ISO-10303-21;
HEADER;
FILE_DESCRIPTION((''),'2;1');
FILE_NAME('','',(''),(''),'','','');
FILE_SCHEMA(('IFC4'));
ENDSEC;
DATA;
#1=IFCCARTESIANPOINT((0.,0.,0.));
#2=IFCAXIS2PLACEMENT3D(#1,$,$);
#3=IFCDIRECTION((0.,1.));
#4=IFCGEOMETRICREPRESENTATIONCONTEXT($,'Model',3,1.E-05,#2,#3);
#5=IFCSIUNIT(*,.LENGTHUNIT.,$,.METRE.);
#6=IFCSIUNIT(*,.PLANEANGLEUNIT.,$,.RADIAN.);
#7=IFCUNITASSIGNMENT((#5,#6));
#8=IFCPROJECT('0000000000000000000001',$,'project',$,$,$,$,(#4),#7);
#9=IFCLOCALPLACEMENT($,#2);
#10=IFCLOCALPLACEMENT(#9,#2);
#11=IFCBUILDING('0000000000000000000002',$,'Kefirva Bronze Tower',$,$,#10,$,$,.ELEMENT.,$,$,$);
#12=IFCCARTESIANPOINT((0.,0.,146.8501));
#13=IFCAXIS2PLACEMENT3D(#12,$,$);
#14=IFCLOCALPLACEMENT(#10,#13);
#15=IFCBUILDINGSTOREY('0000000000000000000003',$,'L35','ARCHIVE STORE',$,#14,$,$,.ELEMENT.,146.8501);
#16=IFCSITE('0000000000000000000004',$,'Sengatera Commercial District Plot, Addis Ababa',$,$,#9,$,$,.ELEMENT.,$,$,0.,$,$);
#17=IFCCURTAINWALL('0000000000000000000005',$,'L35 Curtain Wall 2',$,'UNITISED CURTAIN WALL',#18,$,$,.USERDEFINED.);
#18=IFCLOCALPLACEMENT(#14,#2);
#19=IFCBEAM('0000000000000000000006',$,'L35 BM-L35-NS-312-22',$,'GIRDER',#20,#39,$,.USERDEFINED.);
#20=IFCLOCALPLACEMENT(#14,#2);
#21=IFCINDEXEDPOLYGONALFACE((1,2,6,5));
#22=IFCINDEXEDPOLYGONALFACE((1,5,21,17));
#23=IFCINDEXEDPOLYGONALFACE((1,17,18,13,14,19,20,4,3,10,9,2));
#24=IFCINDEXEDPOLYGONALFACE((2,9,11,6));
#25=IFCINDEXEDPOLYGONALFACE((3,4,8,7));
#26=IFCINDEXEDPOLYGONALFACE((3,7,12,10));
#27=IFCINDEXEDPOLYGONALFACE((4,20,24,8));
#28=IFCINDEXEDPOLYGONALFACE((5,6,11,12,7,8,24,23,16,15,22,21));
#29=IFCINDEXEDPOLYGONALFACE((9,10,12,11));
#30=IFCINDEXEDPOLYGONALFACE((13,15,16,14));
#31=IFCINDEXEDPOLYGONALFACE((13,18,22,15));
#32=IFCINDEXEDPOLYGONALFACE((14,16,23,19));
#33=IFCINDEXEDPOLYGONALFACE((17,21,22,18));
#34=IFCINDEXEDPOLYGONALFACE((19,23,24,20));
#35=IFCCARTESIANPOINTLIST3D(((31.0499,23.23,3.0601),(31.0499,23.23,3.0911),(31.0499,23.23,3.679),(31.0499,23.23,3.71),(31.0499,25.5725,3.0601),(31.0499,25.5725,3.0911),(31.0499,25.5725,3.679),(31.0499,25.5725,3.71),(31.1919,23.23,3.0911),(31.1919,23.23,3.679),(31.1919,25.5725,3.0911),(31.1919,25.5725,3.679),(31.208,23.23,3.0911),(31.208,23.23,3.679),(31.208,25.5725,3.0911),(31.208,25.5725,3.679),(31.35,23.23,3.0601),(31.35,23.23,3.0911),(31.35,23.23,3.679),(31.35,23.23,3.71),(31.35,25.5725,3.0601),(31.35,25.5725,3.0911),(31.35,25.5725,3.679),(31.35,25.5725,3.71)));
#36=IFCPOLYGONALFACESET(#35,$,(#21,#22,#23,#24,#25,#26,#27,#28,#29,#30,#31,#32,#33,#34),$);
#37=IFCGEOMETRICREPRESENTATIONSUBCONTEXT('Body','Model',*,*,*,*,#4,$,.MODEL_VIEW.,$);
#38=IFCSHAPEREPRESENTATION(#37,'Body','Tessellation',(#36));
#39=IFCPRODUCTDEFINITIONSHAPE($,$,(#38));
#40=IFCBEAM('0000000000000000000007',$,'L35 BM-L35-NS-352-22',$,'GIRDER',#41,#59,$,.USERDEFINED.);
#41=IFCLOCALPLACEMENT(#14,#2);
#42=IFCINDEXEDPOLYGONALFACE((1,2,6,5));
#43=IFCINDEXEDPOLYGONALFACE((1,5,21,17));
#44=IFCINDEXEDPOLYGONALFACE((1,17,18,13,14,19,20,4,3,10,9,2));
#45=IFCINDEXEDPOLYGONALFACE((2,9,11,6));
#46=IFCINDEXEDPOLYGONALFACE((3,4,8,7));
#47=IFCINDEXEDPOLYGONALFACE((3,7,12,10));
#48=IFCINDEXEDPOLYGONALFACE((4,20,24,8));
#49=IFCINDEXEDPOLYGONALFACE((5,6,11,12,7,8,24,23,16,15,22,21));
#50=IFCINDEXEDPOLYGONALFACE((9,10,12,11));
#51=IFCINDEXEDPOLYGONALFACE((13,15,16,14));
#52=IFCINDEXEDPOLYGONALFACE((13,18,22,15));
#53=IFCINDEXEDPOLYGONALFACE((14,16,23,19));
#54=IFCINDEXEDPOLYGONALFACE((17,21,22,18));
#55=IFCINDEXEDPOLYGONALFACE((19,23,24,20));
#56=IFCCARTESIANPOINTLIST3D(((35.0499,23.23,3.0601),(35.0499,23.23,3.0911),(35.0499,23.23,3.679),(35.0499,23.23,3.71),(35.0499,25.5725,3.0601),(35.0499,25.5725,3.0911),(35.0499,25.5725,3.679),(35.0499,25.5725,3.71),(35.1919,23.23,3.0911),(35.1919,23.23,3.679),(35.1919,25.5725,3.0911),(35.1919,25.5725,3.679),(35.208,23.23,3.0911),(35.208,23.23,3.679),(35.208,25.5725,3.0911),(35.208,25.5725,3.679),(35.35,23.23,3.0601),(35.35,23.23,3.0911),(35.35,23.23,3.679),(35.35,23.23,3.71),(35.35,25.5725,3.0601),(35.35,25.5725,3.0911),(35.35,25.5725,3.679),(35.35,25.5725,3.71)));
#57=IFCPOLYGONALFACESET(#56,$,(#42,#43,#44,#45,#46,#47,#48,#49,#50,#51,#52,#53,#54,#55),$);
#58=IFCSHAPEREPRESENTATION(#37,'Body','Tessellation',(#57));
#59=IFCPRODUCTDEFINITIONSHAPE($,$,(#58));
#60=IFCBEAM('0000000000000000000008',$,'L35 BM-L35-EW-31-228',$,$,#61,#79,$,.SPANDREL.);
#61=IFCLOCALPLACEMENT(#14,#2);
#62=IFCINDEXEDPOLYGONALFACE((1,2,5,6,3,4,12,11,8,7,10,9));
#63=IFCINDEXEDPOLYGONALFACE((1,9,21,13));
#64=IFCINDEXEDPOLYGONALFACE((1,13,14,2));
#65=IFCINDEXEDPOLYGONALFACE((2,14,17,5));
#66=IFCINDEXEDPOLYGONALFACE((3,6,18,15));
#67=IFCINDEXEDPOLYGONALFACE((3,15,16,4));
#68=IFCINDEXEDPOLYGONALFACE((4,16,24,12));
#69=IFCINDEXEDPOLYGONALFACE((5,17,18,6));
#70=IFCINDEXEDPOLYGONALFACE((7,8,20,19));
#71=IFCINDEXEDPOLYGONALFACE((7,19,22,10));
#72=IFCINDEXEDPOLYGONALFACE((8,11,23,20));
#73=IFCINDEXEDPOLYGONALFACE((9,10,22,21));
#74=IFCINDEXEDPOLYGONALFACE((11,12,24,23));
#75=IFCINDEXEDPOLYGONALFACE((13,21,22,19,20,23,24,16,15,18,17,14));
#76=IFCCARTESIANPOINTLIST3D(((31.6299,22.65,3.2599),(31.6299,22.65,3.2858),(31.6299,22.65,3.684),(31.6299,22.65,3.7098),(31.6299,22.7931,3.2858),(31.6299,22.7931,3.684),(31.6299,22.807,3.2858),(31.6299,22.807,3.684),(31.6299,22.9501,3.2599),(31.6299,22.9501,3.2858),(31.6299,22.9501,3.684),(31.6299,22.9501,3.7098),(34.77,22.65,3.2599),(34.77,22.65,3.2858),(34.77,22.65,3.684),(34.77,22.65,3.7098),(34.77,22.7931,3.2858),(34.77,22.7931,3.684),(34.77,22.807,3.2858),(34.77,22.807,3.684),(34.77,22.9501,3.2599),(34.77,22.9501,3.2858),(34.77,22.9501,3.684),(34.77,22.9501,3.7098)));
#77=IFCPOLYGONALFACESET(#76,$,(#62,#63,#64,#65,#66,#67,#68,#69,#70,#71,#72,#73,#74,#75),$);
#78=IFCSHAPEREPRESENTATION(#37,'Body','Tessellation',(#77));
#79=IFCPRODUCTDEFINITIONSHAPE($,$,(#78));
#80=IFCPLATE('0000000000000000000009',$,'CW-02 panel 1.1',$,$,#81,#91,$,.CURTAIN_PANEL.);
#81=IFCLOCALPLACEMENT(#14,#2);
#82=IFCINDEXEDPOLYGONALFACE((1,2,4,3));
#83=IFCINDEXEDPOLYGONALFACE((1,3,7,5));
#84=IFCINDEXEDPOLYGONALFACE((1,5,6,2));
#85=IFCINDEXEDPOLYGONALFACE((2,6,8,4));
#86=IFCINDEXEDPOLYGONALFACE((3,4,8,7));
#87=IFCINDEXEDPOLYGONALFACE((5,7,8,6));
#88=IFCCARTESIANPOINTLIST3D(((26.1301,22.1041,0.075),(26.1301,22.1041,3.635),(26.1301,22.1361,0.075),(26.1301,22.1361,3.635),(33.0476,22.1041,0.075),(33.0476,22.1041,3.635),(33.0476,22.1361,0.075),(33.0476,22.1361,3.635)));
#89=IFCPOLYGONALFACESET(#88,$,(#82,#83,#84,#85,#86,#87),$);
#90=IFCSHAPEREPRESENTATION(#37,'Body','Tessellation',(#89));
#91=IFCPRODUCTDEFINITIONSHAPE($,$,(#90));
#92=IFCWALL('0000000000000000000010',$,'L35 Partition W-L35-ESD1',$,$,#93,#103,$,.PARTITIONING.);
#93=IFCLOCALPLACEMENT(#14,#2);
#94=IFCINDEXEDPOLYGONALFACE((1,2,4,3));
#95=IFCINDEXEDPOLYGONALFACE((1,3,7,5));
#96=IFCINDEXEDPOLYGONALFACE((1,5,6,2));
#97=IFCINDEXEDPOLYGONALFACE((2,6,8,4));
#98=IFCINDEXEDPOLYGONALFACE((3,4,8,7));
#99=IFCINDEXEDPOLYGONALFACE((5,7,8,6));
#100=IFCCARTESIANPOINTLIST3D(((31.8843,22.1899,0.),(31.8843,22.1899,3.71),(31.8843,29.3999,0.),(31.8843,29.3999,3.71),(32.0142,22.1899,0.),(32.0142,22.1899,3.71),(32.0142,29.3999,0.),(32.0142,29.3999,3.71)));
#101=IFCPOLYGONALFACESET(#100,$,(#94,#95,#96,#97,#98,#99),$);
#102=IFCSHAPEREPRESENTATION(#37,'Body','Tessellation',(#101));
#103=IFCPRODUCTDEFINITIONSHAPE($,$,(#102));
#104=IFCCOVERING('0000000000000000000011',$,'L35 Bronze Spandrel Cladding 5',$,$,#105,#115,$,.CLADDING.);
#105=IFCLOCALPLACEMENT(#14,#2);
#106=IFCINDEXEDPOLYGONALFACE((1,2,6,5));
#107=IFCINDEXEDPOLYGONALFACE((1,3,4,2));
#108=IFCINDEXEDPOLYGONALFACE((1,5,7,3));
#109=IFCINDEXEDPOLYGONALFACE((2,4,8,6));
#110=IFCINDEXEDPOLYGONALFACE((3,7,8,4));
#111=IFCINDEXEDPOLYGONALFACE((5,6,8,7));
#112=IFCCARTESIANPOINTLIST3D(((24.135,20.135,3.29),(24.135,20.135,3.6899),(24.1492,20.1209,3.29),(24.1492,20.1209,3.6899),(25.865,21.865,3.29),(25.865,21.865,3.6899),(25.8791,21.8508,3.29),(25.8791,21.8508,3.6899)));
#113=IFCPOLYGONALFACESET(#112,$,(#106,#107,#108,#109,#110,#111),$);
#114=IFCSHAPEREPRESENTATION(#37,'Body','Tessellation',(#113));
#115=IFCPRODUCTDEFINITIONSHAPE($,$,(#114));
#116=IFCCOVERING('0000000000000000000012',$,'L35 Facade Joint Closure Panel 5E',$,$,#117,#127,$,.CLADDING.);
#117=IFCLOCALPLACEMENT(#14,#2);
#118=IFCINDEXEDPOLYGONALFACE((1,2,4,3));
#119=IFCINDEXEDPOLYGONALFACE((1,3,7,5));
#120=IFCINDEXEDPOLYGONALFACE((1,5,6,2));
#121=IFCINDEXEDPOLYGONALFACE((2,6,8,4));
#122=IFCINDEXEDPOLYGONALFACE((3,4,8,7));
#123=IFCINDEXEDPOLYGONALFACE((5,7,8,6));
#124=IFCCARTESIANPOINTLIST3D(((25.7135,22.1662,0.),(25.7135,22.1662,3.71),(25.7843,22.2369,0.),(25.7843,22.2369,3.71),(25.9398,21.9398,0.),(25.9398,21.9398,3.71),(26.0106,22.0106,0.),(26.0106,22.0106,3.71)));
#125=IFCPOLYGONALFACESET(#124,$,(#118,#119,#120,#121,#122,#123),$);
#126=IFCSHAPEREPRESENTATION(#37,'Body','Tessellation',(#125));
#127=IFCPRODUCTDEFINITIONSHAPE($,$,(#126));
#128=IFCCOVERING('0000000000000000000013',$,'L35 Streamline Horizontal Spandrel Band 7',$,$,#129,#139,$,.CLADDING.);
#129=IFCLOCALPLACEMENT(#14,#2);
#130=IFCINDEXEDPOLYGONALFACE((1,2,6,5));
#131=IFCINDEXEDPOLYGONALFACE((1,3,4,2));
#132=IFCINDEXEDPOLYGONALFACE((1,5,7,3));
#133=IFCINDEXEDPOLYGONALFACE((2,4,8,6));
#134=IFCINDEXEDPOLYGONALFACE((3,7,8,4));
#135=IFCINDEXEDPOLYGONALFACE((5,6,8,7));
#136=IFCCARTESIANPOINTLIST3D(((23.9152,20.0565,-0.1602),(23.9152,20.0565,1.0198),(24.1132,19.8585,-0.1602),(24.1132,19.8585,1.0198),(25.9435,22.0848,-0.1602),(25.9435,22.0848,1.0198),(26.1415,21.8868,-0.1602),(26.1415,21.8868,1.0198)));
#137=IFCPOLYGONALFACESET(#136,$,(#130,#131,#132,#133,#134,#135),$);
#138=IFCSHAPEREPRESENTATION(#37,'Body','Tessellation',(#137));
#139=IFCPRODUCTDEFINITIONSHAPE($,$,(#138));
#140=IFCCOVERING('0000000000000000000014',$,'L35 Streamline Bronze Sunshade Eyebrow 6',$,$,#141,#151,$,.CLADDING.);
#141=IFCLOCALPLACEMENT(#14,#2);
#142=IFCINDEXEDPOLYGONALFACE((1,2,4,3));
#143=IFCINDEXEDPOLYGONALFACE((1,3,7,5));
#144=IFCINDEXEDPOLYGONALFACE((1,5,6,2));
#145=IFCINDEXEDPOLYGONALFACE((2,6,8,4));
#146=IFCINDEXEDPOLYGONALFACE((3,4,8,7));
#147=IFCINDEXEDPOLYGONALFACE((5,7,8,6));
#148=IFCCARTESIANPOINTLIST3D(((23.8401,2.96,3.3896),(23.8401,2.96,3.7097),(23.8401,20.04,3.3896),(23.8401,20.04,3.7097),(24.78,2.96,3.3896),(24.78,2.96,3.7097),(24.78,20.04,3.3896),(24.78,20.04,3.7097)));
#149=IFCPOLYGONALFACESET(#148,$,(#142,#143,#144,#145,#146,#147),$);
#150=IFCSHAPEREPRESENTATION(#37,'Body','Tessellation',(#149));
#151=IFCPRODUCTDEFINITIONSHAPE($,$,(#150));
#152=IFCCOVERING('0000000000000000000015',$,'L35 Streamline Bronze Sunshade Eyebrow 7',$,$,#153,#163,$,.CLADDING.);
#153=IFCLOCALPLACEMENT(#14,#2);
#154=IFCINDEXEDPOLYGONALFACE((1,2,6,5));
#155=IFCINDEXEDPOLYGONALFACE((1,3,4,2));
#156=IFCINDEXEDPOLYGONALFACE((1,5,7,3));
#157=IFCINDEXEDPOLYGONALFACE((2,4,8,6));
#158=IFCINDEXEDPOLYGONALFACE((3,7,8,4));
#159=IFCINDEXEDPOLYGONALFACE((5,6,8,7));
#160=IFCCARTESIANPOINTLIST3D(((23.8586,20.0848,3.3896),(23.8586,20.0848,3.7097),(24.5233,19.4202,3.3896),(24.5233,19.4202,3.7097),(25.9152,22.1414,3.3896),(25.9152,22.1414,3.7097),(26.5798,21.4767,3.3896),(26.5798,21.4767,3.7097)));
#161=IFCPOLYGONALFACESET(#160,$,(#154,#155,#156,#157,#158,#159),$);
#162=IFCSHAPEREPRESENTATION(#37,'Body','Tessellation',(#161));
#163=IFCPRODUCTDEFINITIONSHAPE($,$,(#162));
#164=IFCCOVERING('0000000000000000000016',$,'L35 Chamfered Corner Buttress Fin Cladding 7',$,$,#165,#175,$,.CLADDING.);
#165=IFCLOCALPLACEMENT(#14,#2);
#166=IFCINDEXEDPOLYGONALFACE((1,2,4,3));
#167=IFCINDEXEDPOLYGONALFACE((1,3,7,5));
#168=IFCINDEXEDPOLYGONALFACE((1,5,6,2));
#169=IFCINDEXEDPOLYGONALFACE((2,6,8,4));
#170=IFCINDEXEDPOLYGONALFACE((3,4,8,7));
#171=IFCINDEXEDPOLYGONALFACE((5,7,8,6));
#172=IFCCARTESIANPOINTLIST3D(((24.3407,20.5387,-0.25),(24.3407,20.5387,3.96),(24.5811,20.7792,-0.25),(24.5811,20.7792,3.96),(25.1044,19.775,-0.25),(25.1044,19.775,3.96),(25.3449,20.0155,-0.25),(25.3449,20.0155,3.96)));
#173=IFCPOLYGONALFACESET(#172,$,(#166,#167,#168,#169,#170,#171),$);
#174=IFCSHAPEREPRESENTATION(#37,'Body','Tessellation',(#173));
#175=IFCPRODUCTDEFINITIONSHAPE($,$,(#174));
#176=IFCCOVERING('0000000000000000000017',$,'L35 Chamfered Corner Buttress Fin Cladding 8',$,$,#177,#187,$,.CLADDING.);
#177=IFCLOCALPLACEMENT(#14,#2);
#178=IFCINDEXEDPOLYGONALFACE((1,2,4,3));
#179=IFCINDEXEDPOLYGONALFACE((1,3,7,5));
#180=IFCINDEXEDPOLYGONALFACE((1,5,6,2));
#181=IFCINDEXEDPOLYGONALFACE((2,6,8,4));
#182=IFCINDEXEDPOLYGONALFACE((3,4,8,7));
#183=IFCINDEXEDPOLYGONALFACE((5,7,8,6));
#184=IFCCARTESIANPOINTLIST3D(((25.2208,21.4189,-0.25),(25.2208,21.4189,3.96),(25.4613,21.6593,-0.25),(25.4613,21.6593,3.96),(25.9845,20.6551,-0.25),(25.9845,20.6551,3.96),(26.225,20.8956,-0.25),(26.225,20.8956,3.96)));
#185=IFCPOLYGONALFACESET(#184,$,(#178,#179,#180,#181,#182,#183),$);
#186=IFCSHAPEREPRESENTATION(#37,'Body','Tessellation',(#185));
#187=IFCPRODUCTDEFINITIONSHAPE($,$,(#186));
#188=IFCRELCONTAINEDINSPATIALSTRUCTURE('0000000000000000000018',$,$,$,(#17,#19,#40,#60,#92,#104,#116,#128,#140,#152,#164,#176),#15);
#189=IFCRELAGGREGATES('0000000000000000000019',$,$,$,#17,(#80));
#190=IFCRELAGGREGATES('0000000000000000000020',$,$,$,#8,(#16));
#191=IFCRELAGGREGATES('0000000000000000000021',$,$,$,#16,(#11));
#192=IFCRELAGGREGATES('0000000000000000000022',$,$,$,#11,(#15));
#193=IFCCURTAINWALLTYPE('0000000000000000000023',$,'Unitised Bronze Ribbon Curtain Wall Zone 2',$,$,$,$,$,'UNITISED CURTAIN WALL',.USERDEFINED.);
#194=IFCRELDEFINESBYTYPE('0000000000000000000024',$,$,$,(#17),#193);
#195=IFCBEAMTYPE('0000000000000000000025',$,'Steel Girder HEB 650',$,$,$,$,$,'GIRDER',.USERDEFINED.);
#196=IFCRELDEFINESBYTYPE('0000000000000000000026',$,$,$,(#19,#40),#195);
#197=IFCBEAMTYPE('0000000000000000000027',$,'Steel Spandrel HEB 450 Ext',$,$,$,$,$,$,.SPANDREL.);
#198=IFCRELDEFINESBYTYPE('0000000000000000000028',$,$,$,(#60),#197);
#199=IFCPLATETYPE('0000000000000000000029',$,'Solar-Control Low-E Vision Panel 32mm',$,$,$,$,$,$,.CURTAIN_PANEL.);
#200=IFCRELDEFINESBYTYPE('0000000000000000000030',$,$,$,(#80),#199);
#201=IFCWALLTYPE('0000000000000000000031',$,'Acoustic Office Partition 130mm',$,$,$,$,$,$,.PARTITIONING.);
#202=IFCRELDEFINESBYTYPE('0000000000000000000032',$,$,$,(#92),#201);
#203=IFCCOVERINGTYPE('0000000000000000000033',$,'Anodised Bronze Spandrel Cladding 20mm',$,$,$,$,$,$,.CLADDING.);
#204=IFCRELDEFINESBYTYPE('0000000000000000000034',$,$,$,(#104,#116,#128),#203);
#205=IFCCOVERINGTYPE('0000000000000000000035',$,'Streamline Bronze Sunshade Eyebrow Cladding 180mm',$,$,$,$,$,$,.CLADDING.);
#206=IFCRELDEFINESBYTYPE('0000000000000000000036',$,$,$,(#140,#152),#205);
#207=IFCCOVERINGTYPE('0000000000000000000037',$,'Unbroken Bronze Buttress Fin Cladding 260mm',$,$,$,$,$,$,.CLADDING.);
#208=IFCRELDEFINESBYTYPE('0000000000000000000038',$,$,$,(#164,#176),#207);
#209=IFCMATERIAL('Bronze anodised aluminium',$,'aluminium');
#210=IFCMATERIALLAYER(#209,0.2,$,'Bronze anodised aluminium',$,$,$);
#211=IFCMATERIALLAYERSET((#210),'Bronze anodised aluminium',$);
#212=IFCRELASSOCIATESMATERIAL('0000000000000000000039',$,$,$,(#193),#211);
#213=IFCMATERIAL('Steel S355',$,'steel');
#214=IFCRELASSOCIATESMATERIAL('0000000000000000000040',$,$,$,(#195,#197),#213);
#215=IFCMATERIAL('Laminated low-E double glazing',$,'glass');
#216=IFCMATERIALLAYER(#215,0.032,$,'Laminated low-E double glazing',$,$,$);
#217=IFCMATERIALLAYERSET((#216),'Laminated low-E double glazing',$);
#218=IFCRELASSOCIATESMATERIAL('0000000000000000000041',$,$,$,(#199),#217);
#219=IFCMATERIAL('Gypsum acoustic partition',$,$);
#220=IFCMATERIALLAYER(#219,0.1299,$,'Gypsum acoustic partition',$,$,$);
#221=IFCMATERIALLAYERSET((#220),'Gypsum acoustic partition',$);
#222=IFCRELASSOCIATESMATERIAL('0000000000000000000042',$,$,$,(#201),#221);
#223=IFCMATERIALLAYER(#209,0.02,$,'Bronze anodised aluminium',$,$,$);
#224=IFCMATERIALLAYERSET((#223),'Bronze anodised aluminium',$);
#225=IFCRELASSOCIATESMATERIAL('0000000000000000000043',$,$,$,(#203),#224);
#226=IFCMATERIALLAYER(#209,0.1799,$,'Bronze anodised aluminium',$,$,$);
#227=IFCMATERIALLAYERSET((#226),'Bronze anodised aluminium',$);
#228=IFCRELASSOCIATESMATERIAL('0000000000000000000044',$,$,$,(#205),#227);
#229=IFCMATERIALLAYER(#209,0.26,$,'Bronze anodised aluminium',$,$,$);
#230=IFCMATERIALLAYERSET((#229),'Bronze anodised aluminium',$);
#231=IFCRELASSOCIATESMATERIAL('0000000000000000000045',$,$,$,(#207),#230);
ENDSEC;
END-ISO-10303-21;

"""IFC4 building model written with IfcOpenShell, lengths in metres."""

from ifc_helpers import new_model, si_unit, direction, frame, frame_2d, origin, origin_2d, place, context, subcontext, project, spatial, rectangle, i_section, extrude, material, layer, layer_set, material_profile, profile_set, type_object, element, aggregate, save


model = new_model("IFC4")

# Units and contexts
model_context = context("Model", 3, precision=1e-05, world=origin(), true_north=direction((0.0, 1.0)))
body_context = subcontext(model_context, "Body", "Model", "MODEL_VIEW")
ifc_project = project(units=[si_unit("LENGTHUNIT", "METRE"), si_unit("PLANEANGLEUNIT", "RADIAN")], contexts=[model_context])

# Site, building, storey
site_placement = place(None, origin())
site = spatial("IfcSite", under=ifc_project, at=site_placement, Name="Sengatera Commercial District Plot, Addis Ababa", CompositionType="ELEMENT", RefElevation=0.0)
building_placement = place(site_placement, origin())
building = spatial("IfcBuilding", under=site, at=building_placement, Name="Kefirva Bronze Tower", CompositionType="ELEMENT")
storey_placement = place(building_placement, frame((0.0, 0.0, 146.8501)))
storey = spatial("IfcBuildingStorey", under=building, at=storey_placement, Name="L35", Description="ARCHIVE STORE", CompositionType="ELEMENT", Elevation=146.8501)

# Curtain wall
ifc_material_1 = material(Name="Bronze anodised aluminium", Category="aluminium")
ifc_layer_1 = layer(ifc_material_1, 0.2, Name="Bronze anodised aluminium")
ifc_layer_set_1 = layer_set([ifc_layer_1], Name="Bronze anodised aluminium")
curtain_wall_type = type_object("IfcCurtainWallType", Name="Unitised Bronze Ribbon Curtain Wall Zone 2", ElementType="UNITISED CURTAIN WALL", PredefinedType="USERDEFINED", material=ifc_layer_set_1)
curtain_wall_placement = place(storey_placement, origin())
curtain_wall = element("IfcCurtainWall", 1, at=curtain_wall_placement, inside=storey, type_object=curtain_wall_type, Name="L35 Curtain Wall 2", ObjectType="UNITISED CURTAIN WALL", PredefinedType="USERDEFINED")

# Beams
ifc_material_2 = material(Name="Steel S355", Category="steel")
ifc_material_profile_1 = material_profile(ifc_material_2, i_section(OverallWidth=0.3, OverallDepth=0.6499, WebThickness=0.0161, FlangeThickness=0.031, at=origin_2d()), Name="HEB 650")
ifc_profile_set_1 = profile_set([ifc_material_profile_1], Name="Steel S355")
beam_type_1 = type_object("IfcBeamType", Name="Steel Girder HEB 650", ElementType="GIRDER", PredefinedType="USERDEFINED", material=ifc_profile_set_1)
for number, where, z_axis, x_axis, name in (
    (2, (31.2, 23.23, 3.385), (0.0, 1.0, 0.0), (-1.0, 0.0, 0.0), "L35 BM-L35-NS-312-22"),
    (3, (35.2, 23.23, 3.385), (0.0, 1.0, 0.0), (-1.0, 0.0, 0.0), "L35 BM-L35-NS-352-22"),
):
    element("IfcBeam", number, at=place(storey_placement, frame(where, z_axis=z_axis, x_axis=x_axis)), inside=storey, type_object=beam_type_1, Name=name, ObjectType="GIRDER", PredefinedType="USERDEFINED", context=body_context, shape_type="SweptSolid", body=[
        extrude(i_section(OverallWidth=0.3, OverallDepth=0.6499, WebThickness=0.0161, FlangeThickness=0.031, at=origin_2d()), origin(), (0.0, 0.0, 1.0), 2.3425),
    ])
ifc_material_profile_2 = material_profile(ifc_material_2, i_section(OverallWidth=0.3, OverallDepth=0.45, WebThickness=0.0139, FlangeThickness=0.0259, at=origin_2d()), Name="HEB 450")
ifc_profile_set_2 = profile_set([ifc_material_profile_2], Name="Steel S355")
beam_type_2 = type_object("IfcBeamType", Name="Steel Spandrel HEB 450 Ext", PredefinedType="SPANDREL", material=ifc_profile_set_2)
beam_1_placement = place(storey_placement, frame((31.6299, 22.8, 3.4849), z_axis=(1.0, 0.0, 0.0), x_axis=(0.0, 1.0, 0.0)))
element("IfcBeam", 4, at=beam_1_placement, inside=storey, type_object=beam_type_2, Name="L35 BM-L35-EW-31-228", PredefinedType="SPANDREL", context=body_context, shape_type="SweptSolid", body=[
    extrude(i_section(OverallWidth=0.3, OverallDepth=0.45, WebThickness=0.0139, FlangeThickness=0.0259, at=origin_2d()), origin(), (0.0, 0.0, 1.0), 3.1401),
])

# Plate
ifc_material_3 = material(Name="Laminated low-E double glazing", Category="glass")
ifc_layer_2 = layer(ifc_material_3, 0.032, Name="Laminated low-E double glazing")
ifc_layer_set_2 = layer_set([ifc_layer_2], Name="Laminated low-E double glazing")
plate_type = type_object("IfcPlateType", Name="Solar-Control Low-E Vision Panel 32mm", PredefinedType="CURTAIN_PANEL", material=ifc_layer_set_2)
plate_placement = place(storey_placement, frame((29.5889, 22.1201, 0.075), z_axis=(0.0, 0.0, 1.0), x_axis=(1.0, 0.0, 0.0)))
plate = element("IfcPlate", 5, at=plate_placement, type_object=plate_type, Name="CW-02 panel 1.1", PredefinedType="CURTAIN_PANEL", context=body_context, shape_type="SweptSolid", body=[
    extrude(rectangle(XDim=6.9175, YDim=0.032, at=origin_2d()), origin(), (0.0, 0.0, 1.0), 3.5601),
])
aggregate(curtain_wall, [plate])

# Wall
ifc_material_4 = material(Name="Gypsum acoustic partition")
ifc_layer_3 = layer(ifc_material_4, 0.1299, Name="Gypsum acoustic partition")
ifc_layer_set_3 = layer_set([ifc_layer_3], Name="Gypsum acoustic partition")
wall_type = type_object("IfcWallType", Name="Acoustic Office Partition 130mm", PredefinedType="PARTITIONING", material=ifc_layer_set_3)
wall_placement = place(storey_placement, frame((31.9492, 22.1899, 0.0), z_axis=(0.0, 0.0, 1.0), x_axis=(0.0, 1.0, 0.0)))
element("IfcWall", 6, at=wall_placement, inside=storey, type_object=wall_type, Name="L35 Partition W-L35-ESD1", PredefinedType="PARTITIONING", context=body_context, shape_type="SweptSolid", body=[
    extrude(rectangle(XDim=7.21, YDim=0.1299, at=frame_2d((3.605, 0.0))), origin(), (0.0, 0.0, 1.0), 3.71),
])

# Coverings
ifc_layer_4 = layer(ifc_material_1, 0.02, Name="Bronze anodised aluminium")
ifc_layer_set_4 = layer_set([ifc_layer_4], Name="Bronze anodised aluminium")
covering_type_1 = type_object("IfcCoveringType", Name="Anodised Bronze Spandrel Cladding 20mm", PredefinedType="CLADDING", material=ifc_layer_set_4)
covering_1_placement = place(storey_placement, frame((25.0071, 20.9929, 3.29), z_axis=(0.0, 0.0, 1.0), x_axis=(0.707107, 0.707107, 0.0)))
element("IfcCovering", 7, at=covering_1_placement, inside=storey, type_object=covering_type_1, Name="L35 Bronze Spandrel Cladding 5", PredefinedType="CLADDING", context=body_context, shape_type="SweptSolid", body=[
    extrude(rectangle(XDim=2.4465, YDim=0.02, at=origin_2d()), origin(), (0.0, 0.0, 1.0), 0.3999),
])
covering_2_placement = place(storey_placement, frame((25.8621, 22.0884, 0.0), z_axis=(0.0, 0.0, 1.0), x_axis=(0.707107, 0.707107, 0.0)))
element("IfcCovering", 8, at=covering_2_placement, inside=storey, type_object=covering_type_1, Name="L35 Facade Joint Closure Panel 5E", PredefinedType="CLADDING", context=body_context, shape_type="SweptSolid", body=[
    extrude(rectangle(XDim=0.1001, YDim=0.3201, at=origin_2d()), origin(), (0.0, 0.0, 1.0), 3.71),
])
covering_3_placement = place(storey_placement, frame((25.0283, 20.9717, -0.1602), z_axis=(0.0, 0.0, 1.0), x_axis=(0.707107, 0.707107, 0.0)))
element("IfcCovering", 9, at=covering_3_placement, inside=storey, type_object=covering_type_1, Name="L35 Streamline Horizontal Spandrel Band 7", PredefinedType="CLADDING", context=body_context, shape_type="SweptSolid", body=[
    extrude(rectangle(XDim=2.8684, YDim=0.28, at=origin_2d()), origin(), (0.0, 0.0, 1.0), 1.1799),
])
ifc_layer_5 = layer(ifc_material_1, 0.1799, Name="Bronze anodised aluminium")
ifc_layer_set_5 = layer_set([ifc_layer_5], Name="Bronze anodised aluminium")
covering_type_2 = type_object("IfcCoveringType", Name="Streamline Bronze Sunshade Eyebrow Cladding 180mm", PredefinedType="CLADDING", material=ifc_layer_set_5)
covering_4_placement = place(storey_placement, frame((24.3101, 11.5, 3.3896), z_axis=(0.0, 0.0, 1.0), x_axis=(0.0, 1.0, 0.0)))
element("IfcCovering", 10, at=covering_4_placement, inside=storey, type_object=covering_type_2, Name="L35 Streamline Bronze Sunshade Eyebrow 6", PredefinedType="CLADDING", context=body_context, shape_type="SweptSolid", body=[
    extrude(rectangle(XDim=17.0801, YDim=0.9399, at=origin_2d()), origin(), (0.0, 0.0, 1.0), 0.3201),
])
covering_5_placement = place(storey_placement, frame((25.2192, 20.7808, 3.3896), z_axis=(0.0, 0.0, 1.0), x_axis=(0.707107, 0.707107, 0.0)))
element("IfcCovering", 11, at=covering_5_placement, inside=storey, type_object=covering_type_2, Name="L35 Streamline Bronze Sunshade Eyebrow 7", PredefinedType="CLADDING", context=body_context, shape_type="SweptSolid", body=[
    extrude(rectangle(XDim=2.9084, YDim=0.9399, at=origin_2d()), origin(), (0.0, 0.0, 1.0), 0.3201),
])
ifc_layer_6 = layer(ifc_material_1, 0.26, Name="Bronze anodised aluminium")
ifc_layer_set_6 = layer_set([ifc_layer_6], Name="Bronze anodised aluminium")
covering_type_3 = type_object("IfcCoveringType", Name="Unbroken Bronze Buttress Fin Cladding 260mm", PredefinedType="CLADDING", material=ifc_layer_set_6)
for number, where, z_axis, x_axis, name in (
    (12, (24.8428, 20.2771, -0.25), (0.0, 0.0, 1.0), (0.707107, 0.707107, 0.0), "L35 Chamfered Corner Buttress Fin Cladding 7"),
    (13, (25.7229, 21.1572, -0.25), (0.0, 0.0, 1.0), (0.707107, 0.707107, 0.0), "L35 Chamfered Corner Buttress Fin Cladding 8"),
):
    element("IfcCovering", number, at=place(storey_placement, frame(where, z_axis=z_axis, x_axis=x_axis)), inside=storey, type_object=covering_type_3, Name=name, PredefinedType="CLADDING", context=body_context, shape_type="SweptSolid", body=[
        extrude(rectangle(XDim=0.3401, YDim=1.0801, at=origin_2d()), origin(), (0.0, 0.0, 1.0), 4.21),
    ])

save(model, "model.ifc")
